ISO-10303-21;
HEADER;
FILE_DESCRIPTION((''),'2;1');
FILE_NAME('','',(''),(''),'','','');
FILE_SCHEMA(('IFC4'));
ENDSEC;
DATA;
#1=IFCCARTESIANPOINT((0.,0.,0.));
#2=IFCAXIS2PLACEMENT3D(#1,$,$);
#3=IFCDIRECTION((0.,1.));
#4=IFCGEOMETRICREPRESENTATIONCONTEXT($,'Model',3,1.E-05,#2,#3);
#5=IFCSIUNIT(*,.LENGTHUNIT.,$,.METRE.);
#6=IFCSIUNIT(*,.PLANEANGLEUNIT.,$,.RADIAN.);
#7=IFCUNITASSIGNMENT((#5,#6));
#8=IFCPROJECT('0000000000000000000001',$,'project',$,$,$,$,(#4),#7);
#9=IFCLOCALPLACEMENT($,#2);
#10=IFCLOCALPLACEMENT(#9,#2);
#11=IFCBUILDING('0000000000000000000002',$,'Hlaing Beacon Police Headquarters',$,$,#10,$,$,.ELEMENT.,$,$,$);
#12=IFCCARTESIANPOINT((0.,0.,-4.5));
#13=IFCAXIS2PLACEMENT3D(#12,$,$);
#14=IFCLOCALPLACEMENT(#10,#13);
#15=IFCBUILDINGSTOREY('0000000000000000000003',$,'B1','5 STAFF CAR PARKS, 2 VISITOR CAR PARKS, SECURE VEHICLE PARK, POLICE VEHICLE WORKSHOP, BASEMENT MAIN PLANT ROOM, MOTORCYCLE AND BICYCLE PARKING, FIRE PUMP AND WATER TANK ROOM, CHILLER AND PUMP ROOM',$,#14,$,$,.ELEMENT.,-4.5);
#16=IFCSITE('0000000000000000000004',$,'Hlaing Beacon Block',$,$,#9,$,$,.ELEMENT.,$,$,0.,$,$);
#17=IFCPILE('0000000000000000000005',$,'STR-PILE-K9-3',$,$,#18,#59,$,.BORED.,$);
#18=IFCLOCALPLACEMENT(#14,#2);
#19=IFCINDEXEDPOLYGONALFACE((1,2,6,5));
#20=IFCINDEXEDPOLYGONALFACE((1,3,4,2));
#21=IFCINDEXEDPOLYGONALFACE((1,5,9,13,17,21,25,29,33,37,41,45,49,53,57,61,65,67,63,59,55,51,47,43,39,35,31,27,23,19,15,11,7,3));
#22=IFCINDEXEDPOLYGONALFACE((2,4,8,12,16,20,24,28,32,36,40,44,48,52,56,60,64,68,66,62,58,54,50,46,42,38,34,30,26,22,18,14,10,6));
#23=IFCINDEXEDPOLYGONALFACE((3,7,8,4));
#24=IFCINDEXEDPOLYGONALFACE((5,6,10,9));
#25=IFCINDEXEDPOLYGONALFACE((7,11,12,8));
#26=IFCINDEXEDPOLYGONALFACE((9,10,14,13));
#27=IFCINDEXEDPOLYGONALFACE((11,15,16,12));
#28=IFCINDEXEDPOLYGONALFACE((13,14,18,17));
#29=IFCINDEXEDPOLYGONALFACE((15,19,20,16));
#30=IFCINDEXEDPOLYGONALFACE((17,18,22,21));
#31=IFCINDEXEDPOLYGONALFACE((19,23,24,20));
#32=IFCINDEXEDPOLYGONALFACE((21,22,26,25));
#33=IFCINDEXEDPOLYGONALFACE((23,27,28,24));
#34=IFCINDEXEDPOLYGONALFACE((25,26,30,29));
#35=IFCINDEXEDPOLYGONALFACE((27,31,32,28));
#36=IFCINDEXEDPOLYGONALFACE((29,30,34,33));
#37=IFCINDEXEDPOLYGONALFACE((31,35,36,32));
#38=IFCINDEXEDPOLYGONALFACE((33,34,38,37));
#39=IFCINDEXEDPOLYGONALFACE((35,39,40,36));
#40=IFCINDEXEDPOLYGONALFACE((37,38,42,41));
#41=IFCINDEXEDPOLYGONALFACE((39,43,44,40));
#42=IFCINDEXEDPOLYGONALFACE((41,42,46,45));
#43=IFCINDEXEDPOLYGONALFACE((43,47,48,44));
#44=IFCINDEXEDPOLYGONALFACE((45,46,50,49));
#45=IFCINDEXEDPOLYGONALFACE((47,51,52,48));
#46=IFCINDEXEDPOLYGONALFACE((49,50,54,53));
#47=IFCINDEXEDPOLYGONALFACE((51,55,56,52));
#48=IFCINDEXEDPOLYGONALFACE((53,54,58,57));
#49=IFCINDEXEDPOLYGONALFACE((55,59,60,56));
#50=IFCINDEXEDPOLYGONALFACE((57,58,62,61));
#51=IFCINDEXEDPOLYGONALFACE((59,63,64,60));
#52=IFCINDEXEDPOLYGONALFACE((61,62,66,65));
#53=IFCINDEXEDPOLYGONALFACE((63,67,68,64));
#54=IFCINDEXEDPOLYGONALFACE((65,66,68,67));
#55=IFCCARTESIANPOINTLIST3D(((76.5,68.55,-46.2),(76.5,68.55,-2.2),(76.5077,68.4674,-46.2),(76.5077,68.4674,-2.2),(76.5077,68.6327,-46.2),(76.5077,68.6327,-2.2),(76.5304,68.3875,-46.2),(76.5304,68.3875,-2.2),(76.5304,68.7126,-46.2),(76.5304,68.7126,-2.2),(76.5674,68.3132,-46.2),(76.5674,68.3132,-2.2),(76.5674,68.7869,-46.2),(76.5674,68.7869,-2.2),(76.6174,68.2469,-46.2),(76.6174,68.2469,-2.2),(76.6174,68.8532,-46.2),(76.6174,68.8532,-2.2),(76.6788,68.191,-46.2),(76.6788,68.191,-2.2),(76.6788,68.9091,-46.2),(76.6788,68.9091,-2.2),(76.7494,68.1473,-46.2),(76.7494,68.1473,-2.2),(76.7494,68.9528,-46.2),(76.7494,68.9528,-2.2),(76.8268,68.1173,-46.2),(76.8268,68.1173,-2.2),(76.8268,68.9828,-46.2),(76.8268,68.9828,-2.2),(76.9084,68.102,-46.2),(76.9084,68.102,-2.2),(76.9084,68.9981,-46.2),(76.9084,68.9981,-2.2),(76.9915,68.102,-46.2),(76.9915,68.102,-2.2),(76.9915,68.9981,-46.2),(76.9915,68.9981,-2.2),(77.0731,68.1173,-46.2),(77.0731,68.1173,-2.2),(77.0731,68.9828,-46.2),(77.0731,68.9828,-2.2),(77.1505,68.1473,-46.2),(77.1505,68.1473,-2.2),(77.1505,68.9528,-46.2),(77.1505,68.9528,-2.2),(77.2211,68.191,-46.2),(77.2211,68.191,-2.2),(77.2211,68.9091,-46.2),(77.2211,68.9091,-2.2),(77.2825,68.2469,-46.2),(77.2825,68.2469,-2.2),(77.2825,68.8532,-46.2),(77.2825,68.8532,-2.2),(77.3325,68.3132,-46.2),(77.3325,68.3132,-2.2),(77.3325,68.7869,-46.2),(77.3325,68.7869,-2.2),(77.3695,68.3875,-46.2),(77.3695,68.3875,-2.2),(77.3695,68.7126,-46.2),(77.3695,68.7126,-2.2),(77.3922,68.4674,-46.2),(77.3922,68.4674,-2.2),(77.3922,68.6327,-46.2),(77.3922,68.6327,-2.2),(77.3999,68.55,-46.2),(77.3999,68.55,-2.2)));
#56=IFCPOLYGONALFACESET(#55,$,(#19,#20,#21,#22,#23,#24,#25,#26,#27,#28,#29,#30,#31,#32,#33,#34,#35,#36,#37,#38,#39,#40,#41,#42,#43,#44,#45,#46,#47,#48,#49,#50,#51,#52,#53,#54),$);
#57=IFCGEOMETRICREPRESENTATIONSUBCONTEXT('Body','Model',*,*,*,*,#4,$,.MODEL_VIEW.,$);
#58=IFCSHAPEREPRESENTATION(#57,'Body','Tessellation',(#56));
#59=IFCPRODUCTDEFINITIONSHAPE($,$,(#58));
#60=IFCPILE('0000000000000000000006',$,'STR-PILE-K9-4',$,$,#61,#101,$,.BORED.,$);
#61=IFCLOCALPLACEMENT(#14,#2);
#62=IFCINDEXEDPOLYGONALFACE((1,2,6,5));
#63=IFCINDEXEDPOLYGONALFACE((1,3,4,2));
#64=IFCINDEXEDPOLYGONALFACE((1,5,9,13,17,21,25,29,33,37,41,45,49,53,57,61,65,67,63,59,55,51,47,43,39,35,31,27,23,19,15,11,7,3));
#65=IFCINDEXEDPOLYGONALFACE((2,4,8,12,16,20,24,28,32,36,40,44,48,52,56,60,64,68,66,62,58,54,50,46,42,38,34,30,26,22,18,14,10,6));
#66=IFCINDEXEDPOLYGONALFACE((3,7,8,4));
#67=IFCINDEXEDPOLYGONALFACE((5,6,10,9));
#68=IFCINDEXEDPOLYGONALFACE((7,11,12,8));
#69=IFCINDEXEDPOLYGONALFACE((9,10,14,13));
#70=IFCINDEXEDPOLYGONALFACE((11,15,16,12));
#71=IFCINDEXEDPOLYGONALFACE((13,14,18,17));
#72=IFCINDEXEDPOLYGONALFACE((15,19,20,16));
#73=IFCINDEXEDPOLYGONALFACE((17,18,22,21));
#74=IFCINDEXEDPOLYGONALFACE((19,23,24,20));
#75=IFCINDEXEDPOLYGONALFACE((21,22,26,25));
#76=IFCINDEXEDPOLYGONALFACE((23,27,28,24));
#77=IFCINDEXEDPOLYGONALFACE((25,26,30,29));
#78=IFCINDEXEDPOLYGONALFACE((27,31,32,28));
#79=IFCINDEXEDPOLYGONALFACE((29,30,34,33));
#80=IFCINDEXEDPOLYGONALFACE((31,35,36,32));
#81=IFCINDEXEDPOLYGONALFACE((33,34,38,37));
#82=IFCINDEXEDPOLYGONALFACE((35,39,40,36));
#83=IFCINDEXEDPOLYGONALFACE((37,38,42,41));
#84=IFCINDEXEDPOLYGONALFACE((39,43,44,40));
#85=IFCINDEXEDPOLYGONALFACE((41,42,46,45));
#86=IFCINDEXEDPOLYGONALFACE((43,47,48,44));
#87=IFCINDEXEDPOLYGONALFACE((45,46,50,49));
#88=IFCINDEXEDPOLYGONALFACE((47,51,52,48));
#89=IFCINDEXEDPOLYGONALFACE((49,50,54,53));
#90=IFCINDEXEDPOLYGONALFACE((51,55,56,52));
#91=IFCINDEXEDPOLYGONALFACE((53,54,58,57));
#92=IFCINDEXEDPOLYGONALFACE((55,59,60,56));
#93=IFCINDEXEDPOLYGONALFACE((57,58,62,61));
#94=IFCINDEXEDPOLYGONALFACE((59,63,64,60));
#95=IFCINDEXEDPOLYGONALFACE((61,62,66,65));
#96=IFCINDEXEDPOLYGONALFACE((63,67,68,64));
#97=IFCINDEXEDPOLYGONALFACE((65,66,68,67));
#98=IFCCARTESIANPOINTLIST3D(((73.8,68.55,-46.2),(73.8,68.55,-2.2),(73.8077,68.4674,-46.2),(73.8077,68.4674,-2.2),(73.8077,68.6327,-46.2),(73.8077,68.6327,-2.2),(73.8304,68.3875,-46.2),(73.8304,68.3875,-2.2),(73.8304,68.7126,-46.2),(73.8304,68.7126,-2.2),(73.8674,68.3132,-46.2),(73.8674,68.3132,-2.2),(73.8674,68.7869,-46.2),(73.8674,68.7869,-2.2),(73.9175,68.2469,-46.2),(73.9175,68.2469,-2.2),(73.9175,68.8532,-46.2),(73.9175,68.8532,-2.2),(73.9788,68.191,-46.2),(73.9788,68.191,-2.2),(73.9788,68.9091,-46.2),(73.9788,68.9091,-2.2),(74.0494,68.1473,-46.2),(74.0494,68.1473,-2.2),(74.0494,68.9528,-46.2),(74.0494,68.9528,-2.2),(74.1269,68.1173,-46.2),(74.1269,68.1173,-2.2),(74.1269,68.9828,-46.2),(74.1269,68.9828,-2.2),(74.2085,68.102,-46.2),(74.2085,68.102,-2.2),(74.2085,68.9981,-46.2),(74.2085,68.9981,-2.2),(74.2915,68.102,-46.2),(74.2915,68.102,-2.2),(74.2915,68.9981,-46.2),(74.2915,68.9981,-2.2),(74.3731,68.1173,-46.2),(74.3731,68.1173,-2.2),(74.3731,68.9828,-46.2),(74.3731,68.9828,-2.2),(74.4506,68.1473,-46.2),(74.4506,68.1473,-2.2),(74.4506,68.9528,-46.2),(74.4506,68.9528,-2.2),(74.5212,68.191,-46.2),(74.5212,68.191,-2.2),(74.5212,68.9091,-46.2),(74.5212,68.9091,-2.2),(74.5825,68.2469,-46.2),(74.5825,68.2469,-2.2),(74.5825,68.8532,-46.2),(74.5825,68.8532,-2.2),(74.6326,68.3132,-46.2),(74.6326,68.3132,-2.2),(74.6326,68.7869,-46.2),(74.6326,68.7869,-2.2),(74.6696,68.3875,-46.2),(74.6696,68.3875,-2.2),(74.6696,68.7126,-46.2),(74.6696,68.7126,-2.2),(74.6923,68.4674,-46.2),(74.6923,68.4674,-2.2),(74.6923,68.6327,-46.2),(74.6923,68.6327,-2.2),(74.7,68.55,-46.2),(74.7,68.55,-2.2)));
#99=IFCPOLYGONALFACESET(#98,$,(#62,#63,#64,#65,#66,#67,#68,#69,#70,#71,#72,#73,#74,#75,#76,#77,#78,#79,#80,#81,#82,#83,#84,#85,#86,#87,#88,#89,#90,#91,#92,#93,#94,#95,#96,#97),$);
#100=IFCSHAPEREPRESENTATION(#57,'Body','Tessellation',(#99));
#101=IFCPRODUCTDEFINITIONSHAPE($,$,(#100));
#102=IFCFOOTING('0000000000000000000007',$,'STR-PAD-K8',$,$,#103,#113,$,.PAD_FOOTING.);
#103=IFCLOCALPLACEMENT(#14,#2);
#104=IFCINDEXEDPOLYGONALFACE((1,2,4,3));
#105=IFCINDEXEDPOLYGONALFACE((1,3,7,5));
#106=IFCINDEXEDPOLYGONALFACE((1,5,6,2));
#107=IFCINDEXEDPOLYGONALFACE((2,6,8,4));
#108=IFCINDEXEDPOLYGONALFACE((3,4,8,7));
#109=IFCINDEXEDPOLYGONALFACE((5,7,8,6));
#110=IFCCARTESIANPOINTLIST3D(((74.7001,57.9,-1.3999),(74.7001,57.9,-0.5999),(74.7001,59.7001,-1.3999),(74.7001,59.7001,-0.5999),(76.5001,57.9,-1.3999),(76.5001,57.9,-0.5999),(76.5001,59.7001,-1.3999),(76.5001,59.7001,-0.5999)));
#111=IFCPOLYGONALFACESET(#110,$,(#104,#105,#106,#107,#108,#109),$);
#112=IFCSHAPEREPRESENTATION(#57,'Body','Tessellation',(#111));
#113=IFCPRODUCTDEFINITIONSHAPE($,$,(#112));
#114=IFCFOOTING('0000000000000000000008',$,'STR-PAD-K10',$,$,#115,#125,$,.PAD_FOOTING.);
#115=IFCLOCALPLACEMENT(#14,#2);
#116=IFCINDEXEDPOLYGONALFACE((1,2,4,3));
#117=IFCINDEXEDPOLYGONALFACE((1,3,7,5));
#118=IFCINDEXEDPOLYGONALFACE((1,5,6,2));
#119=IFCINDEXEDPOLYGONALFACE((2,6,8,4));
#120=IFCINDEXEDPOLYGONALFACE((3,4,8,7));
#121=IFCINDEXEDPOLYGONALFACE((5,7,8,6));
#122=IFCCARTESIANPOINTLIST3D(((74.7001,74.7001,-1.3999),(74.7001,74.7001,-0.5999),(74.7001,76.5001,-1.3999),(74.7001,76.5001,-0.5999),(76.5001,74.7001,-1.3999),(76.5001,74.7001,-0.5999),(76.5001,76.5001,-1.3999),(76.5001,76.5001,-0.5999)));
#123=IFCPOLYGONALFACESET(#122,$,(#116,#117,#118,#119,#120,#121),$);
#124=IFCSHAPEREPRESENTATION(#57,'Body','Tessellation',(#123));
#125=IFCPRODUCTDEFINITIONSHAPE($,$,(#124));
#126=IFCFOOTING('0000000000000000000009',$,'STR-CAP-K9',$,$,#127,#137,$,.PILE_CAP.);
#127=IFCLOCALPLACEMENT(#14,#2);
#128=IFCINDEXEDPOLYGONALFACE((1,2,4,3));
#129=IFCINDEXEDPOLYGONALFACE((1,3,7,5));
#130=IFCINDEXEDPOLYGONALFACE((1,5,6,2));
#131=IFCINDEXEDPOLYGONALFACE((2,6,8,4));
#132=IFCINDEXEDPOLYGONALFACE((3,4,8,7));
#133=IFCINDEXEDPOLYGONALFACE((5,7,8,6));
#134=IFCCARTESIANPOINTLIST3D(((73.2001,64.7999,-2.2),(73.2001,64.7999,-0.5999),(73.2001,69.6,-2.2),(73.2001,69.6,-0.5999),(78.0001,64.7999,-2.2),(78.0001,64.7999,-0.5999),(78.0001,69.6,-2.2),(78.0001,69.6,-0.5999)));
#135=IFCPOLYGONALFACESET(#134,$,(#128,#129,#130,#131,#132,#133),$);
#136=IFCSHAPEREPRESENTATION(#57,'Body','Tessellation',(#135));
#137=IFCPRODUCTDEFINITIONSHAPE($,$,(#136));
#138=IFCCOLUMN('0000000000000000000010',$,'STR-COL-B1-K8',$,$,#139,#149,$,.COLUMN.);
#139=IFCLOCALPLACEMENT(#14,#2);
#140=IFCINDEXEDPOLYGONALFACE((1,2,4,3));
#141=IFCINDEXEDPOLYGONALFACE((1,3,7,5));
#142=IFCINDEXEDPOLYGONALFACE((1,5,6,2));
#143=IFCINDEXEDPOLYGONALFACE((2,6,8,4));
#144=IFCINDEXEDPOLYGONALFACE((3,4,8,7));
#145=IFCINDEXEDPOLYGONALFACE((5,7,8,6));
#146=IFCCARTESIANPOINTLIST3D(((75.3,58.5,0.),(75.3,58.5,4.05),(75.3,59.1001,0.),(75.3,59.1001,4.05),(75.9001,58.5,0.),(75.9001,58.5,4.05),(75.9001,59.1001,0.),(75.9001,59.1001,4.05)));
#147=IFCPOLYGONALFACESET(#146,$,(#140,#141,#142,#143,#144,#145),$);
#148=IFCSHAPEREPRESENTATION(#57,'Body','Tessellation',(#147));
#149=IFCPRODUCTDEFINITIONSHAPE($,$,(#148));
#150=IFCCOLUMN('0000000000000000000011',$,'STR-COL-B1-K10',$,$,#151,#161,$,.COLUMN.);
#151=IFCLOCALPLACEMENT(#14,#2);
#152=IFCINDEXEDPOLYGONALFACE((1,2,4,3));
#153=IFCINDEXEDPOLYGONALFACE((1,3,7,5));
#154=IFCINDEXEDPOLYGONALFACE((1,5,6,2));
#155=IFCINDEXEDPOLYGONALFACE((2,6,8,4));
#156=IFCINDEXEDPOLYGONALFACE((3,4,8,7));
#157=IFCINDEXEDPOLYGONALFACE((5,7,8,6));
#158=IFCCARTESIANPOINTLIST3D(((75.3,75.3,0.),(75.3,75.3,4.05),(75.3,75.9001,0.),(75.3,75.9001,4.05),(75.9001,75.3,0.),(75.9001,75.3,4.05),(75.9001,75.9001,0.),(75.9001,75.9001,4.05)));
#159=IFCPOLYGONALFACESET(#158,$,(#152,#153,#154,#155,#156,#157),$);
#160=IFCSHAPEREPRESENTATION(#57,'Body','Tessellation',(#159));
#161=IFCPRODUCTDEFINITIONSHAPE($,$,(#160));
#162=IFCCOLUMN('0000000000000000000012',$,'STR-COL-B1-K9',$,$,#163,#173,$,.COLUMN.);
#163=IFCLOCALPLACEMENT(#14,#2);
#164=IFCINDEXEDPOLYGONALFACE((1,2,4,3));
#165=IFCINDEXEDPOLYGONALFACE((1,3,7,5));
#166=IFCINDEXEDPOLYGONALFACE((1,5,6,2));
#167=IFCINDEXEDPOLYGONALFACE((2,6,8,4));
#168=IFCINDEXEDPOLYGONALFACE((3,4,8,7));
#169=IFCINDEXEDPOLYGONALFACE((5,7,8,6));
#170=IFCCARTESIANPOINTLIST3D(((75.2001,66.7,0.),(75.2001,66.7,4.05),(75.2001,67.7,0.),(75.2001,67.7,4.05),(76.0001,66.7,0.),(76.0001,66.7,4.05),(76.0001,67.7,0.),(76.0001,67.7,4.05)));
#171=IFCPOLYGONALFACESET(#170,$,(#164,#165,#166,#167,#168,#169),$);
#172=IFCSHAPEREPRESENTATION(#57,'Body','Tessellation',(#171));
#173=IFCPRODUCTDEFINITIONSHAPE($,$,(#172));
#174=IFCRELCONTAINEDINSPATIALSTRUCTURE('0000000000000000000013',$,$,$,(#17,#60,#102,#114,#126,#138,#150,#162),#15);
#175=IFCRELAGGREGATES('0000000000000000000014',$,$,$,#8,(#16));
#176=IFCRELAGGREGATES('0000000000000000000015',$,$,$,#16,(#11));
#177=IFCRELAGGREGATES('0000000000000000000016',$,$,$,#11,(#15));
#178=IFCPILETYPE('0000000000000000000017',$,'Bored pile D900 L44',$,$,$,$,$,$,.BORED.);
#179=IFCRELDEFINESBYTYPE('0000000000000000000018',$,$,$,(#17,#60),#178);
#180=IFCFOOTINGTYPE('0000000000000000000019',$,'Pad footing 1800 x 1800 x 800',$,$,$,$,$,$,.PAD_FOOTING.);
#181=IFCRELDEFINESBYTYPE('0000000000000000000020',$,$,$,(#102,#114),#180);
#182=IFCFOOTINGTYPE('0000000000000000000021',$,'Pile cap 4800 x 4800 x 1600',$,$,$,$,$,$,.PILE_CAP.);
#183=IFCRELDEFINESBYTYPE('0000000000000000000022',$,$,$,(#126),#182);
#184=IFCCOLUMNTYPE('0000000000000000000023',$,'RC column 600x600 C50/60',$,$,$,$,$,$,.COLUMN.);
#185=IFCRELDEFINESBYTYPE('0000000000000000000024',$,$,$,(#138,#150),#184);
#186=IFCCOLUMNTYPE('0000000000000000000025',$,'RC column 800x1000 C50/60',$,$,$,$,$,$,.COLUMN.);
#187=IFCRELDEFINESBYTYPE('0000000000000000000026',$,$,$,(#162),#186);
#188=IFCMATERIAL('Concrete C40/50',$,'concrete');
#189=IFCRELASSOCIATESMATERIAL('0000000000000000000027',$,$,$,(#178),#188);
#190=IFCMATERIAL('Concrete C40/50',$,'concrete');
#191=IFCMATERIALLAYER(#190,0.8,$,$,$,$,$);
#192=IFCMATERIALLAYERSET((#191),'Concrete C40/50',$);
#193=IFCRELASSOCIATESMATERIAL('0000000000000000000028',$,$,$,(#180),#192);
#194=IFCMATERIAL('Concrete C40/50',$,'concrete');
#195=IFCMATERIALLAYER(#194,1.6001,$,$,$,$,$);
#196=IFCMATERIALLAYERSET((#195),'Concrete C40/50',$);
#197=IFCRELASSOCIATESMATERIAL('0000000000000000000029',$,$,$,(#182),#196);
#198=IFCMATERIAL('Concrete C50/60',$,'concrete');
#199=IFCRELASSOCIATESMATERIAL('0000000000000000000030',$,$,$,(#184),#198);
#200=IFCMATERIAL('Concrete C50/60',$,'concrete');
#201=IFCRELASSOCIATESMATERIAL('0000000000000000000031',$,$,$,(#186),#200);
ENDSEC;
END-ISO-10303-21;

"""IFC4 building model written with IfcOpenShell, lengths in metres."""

from ifc_helpers import new_model, si_unit, direction, frame, origin, origin_2d, place, context, subcontext, project, spatial, rectangle, circle, extrude, material, layer, layer_set, material_profile, profile_set, type_object, element, save


model = new_model("IFC4")

# Units and contexts
model_context = context("Model", 3, precision=1e-05, world=origin(), true_north=direction((0.0, 1.0)))
body_context = subcontext(model_context, "Body", "Model", "MODEL_VIEW")
ifc_project = project(units=[si_unit("LENGTHUNIT", "METRE"), si_unit("PLANEANGLEUNIT", "RADIAN")], contexts=[model_context])

# Site, building, storey
site_placement = place(None, origin())
site = spatial("IfcSite", under=ifc_project, at=site_placement, Name="Hlaing Beacon Block", CompositionType="ELEMENT", RefElevation=0.0)
building_placement = place(site_placement, origin())
building = spatial("IfcBuilding", under=site, at=building_placement, Name="Hlaing Beacon Police Headquarters", CompositionType="ELEMENT")
storey_placement = place(building_placement, frame((0.0, 0.0, -4.5)))
storey = spatial("IfcBuildingStorey", under=building, at=storey_placement, Name="B1", Description="5 STAFF CAR PARKS, 2 VISITOR CAR PARKS, SECURE VEHICLE PARK, POLICE VEHICLE WORKSHOP, BASEMENT MAIN PLANT ROOM, MOTORCYCLE AND BICYCLE PARKING, FIRE PUMP AND WATER TANK ROOM, CHILLER AND PUMP ROOM", CompositionType="ELEMENT", Elevation=-4.5)

# Piles
ifc_material_1 = material(Name="Concrete C40/50", Category="concrete")
ifc_material_profile_1 = material_profile(ifc_material_1, circle(Radius=0.45, at=origin_2d()), Name="D900")
ifc_profile_set_1 = profile_set([ifc_material_profile_1], Name="Concrete C40/50")
pile_type_1 = type_object("IfcPileType", Name="Bored pile D900 L44", PredefinedType="BORED", material=ifc_profile_set_1)
for number, where, z_axis, x_axis, name in (
    (1, (76.95, 68.55, -2.2), (0.0, 0.0, -1.0), (1.0, 0.0, 0.0), "STR-PILE-K9-3"),
    (2, (74.25, 68.55, -2.2), (0.0, 0.0, -1.0), (1.0, 0.0, 0.0), "STR-PILE-K9-4"),
):
    element("IfcPile", number, at=place(storey_placement, frame(where, z_axis=z_axis, x_axis=x_axis)), inside=storey, type_object=pile_type_1, Name=name, PredefinedType="BORED", context=body_context, shape_type="SweptSolid", body=[
        extrude(circle(Radius=0.45, at=origin_2d()), origin(), (0.0, 0.0, 1.0), 44.0),
    ])

# Footings
ifc_material_2 = material(Name="Concrete C40/50", Category="concrete")
ifc_layer_1 = layer(ifc_material_2, 0.8)
ifc_layer_set_1 = layer_set([ifc_layer_1], Name="Concrete C40/50")
footing_type_1 = type_object("IfcFootingType", Name="Pad footing 1800 x 1800 x 800", PredefinedType="PAD_FOOTING", material=ifc_layer_set_1)
for number, where, z_axis, x_axis, name in (
    (3, (75.6001, 58.8, -1.3999), (0.0, 0.0, 1.0), (1.0, 0.0, 0.0), "STR-PAD-K8"),
    (4, (75.6001, 75.6001, -1.3999), (0.0, 0.0, 1.0), (1.0, 0.0, 0.0), "STR-PAD-K10"),
):
    element("IfcFooting", number, at=place(storey_placement, frame(where, z_axis=z_axis, x_axis=x_axis)), inside=storey, type_object=footing_type_1, Name=name, PredefinedType="PAD_FOOTING", context=body_context, shape_type="SweptSolid", body=[
        extrude(rectangle(XDim=1.8, YDim=1.8, at=origin_2d()), origin(), (0.0, 0.0, 1.0), 0.8),
    ])
ifc_material_3 = material(Name="Concrete C40/50", Category="concrete")
ifc_layer_2 = layer(ifc_material_3, 1.6001)
ifc_layer_set_2 = layer_set([ifc_layer_2], Name="Concrete C40/50")
footing_type_2 = type_object("IfcFootingType", Name="Pile cap 4800 x 4800 x 1600", PredefinedType="PILE_CAP", material=ifc_layer_set_2)
footing_placement = place(storey_placement, frame((75.6001, 67.2, -2.2), z_axis=(0.0, 0.0, 1.0), x_axis=(1.0, 0.0, 0.0)))
element("IfcFooting", 5, at=footing_placement, inside=storey, type_object=footing_type_2, Name="STR-CAP-K9", PredefinedType="PILE_CAP", context=body_context, shape_type="SweptSolid", body=[
    extrude(rectangle(XDim=4.8, YDim=4.8, at=origin_2d()), origin(), (0.0, 0.0, 1.0), 1.6001),
])

# Columns
ifc_material_4 = material(Name="Concrete C50/60", Category="concrete")
ifc_material_profile_2 = material_profile(ifc_material_4, rectangle(XDim=0.6001, YDim=0.6001, at=origin_2d()), Name="600x600")
ifc_profile_set_2 = profile_set([ifc_material_profile_2], Name="Concrete C50/60")
column_type_1 = type_object("IfcColumnType", Name="RC column 600x600 C50/60", PredefinedType="COLUMN", material=ifc_profile_set_2)
for number, where, z_axis, x_axis, name in (
    (6, (75.6001, 58.8, 0.0), (0.0, 0.0, 1.0), (1.0, 0.0, 0.0), "STR-COL-B1-K8"),
    (7, (75.6001, 75.6001, 0.0), (0.0, 0.0, 1.0), (1.0, 0.0, 0.0), "STR-COL-B1-K10"),
):
    element("IfcColumn", number, at=place(storey_placement, frame(where, z_axis=z_axis, x_axis=x_axis)), inside=storey, type_object=column_type_1, Name=name, PredefinedType="COLUMN", context=body_context, shape_type="SweptSolid", body=[
        extrude(rectangle(XDim=0.6001, YDim=0.6001, at=origin_2d()), origin(), (0.0, 0.0, 1.0), 4.05),
    ])
ifc_material_5 = material(Name="Concrete C50/60", Category="concrete")
ifc_material_profile_3 = material_profile(ifc_material_5, rectangle(XDim=0.8, YDim=1.0, at=origin_2d()), Name="800x1000")
ifc_profile_set_3 = profile_set([ifc_material_profile_3], Name="Concrete C50/60")
column_type_2 = type_object("IfcColumnType", Name="RC column 800x1000 C50/60", PredefinedType="COLUMN", material=ifc_profile_set_3)
column_placement = place(storey_placement, frame((75.6001, 67.2, 0.0), z_axis=(0.0, 0.0, 1.0), x_axis=(1.0, 0.0, 0.0)))
element("IfcColumn", 8, at=column_placement, inside=storey, type_object=column_type_2, Name="STR-COL-B1-K9", PredefinedType="COLUMN", context=body_context, shape_type="SweptSolid", body=[
    extrude(rectangle(XDim=0.8, YDim=1.0, at=origin_2d()), origin(), (0.0, 0.0, 1.0), 4.05),
])

save(model, "model.ifc")
